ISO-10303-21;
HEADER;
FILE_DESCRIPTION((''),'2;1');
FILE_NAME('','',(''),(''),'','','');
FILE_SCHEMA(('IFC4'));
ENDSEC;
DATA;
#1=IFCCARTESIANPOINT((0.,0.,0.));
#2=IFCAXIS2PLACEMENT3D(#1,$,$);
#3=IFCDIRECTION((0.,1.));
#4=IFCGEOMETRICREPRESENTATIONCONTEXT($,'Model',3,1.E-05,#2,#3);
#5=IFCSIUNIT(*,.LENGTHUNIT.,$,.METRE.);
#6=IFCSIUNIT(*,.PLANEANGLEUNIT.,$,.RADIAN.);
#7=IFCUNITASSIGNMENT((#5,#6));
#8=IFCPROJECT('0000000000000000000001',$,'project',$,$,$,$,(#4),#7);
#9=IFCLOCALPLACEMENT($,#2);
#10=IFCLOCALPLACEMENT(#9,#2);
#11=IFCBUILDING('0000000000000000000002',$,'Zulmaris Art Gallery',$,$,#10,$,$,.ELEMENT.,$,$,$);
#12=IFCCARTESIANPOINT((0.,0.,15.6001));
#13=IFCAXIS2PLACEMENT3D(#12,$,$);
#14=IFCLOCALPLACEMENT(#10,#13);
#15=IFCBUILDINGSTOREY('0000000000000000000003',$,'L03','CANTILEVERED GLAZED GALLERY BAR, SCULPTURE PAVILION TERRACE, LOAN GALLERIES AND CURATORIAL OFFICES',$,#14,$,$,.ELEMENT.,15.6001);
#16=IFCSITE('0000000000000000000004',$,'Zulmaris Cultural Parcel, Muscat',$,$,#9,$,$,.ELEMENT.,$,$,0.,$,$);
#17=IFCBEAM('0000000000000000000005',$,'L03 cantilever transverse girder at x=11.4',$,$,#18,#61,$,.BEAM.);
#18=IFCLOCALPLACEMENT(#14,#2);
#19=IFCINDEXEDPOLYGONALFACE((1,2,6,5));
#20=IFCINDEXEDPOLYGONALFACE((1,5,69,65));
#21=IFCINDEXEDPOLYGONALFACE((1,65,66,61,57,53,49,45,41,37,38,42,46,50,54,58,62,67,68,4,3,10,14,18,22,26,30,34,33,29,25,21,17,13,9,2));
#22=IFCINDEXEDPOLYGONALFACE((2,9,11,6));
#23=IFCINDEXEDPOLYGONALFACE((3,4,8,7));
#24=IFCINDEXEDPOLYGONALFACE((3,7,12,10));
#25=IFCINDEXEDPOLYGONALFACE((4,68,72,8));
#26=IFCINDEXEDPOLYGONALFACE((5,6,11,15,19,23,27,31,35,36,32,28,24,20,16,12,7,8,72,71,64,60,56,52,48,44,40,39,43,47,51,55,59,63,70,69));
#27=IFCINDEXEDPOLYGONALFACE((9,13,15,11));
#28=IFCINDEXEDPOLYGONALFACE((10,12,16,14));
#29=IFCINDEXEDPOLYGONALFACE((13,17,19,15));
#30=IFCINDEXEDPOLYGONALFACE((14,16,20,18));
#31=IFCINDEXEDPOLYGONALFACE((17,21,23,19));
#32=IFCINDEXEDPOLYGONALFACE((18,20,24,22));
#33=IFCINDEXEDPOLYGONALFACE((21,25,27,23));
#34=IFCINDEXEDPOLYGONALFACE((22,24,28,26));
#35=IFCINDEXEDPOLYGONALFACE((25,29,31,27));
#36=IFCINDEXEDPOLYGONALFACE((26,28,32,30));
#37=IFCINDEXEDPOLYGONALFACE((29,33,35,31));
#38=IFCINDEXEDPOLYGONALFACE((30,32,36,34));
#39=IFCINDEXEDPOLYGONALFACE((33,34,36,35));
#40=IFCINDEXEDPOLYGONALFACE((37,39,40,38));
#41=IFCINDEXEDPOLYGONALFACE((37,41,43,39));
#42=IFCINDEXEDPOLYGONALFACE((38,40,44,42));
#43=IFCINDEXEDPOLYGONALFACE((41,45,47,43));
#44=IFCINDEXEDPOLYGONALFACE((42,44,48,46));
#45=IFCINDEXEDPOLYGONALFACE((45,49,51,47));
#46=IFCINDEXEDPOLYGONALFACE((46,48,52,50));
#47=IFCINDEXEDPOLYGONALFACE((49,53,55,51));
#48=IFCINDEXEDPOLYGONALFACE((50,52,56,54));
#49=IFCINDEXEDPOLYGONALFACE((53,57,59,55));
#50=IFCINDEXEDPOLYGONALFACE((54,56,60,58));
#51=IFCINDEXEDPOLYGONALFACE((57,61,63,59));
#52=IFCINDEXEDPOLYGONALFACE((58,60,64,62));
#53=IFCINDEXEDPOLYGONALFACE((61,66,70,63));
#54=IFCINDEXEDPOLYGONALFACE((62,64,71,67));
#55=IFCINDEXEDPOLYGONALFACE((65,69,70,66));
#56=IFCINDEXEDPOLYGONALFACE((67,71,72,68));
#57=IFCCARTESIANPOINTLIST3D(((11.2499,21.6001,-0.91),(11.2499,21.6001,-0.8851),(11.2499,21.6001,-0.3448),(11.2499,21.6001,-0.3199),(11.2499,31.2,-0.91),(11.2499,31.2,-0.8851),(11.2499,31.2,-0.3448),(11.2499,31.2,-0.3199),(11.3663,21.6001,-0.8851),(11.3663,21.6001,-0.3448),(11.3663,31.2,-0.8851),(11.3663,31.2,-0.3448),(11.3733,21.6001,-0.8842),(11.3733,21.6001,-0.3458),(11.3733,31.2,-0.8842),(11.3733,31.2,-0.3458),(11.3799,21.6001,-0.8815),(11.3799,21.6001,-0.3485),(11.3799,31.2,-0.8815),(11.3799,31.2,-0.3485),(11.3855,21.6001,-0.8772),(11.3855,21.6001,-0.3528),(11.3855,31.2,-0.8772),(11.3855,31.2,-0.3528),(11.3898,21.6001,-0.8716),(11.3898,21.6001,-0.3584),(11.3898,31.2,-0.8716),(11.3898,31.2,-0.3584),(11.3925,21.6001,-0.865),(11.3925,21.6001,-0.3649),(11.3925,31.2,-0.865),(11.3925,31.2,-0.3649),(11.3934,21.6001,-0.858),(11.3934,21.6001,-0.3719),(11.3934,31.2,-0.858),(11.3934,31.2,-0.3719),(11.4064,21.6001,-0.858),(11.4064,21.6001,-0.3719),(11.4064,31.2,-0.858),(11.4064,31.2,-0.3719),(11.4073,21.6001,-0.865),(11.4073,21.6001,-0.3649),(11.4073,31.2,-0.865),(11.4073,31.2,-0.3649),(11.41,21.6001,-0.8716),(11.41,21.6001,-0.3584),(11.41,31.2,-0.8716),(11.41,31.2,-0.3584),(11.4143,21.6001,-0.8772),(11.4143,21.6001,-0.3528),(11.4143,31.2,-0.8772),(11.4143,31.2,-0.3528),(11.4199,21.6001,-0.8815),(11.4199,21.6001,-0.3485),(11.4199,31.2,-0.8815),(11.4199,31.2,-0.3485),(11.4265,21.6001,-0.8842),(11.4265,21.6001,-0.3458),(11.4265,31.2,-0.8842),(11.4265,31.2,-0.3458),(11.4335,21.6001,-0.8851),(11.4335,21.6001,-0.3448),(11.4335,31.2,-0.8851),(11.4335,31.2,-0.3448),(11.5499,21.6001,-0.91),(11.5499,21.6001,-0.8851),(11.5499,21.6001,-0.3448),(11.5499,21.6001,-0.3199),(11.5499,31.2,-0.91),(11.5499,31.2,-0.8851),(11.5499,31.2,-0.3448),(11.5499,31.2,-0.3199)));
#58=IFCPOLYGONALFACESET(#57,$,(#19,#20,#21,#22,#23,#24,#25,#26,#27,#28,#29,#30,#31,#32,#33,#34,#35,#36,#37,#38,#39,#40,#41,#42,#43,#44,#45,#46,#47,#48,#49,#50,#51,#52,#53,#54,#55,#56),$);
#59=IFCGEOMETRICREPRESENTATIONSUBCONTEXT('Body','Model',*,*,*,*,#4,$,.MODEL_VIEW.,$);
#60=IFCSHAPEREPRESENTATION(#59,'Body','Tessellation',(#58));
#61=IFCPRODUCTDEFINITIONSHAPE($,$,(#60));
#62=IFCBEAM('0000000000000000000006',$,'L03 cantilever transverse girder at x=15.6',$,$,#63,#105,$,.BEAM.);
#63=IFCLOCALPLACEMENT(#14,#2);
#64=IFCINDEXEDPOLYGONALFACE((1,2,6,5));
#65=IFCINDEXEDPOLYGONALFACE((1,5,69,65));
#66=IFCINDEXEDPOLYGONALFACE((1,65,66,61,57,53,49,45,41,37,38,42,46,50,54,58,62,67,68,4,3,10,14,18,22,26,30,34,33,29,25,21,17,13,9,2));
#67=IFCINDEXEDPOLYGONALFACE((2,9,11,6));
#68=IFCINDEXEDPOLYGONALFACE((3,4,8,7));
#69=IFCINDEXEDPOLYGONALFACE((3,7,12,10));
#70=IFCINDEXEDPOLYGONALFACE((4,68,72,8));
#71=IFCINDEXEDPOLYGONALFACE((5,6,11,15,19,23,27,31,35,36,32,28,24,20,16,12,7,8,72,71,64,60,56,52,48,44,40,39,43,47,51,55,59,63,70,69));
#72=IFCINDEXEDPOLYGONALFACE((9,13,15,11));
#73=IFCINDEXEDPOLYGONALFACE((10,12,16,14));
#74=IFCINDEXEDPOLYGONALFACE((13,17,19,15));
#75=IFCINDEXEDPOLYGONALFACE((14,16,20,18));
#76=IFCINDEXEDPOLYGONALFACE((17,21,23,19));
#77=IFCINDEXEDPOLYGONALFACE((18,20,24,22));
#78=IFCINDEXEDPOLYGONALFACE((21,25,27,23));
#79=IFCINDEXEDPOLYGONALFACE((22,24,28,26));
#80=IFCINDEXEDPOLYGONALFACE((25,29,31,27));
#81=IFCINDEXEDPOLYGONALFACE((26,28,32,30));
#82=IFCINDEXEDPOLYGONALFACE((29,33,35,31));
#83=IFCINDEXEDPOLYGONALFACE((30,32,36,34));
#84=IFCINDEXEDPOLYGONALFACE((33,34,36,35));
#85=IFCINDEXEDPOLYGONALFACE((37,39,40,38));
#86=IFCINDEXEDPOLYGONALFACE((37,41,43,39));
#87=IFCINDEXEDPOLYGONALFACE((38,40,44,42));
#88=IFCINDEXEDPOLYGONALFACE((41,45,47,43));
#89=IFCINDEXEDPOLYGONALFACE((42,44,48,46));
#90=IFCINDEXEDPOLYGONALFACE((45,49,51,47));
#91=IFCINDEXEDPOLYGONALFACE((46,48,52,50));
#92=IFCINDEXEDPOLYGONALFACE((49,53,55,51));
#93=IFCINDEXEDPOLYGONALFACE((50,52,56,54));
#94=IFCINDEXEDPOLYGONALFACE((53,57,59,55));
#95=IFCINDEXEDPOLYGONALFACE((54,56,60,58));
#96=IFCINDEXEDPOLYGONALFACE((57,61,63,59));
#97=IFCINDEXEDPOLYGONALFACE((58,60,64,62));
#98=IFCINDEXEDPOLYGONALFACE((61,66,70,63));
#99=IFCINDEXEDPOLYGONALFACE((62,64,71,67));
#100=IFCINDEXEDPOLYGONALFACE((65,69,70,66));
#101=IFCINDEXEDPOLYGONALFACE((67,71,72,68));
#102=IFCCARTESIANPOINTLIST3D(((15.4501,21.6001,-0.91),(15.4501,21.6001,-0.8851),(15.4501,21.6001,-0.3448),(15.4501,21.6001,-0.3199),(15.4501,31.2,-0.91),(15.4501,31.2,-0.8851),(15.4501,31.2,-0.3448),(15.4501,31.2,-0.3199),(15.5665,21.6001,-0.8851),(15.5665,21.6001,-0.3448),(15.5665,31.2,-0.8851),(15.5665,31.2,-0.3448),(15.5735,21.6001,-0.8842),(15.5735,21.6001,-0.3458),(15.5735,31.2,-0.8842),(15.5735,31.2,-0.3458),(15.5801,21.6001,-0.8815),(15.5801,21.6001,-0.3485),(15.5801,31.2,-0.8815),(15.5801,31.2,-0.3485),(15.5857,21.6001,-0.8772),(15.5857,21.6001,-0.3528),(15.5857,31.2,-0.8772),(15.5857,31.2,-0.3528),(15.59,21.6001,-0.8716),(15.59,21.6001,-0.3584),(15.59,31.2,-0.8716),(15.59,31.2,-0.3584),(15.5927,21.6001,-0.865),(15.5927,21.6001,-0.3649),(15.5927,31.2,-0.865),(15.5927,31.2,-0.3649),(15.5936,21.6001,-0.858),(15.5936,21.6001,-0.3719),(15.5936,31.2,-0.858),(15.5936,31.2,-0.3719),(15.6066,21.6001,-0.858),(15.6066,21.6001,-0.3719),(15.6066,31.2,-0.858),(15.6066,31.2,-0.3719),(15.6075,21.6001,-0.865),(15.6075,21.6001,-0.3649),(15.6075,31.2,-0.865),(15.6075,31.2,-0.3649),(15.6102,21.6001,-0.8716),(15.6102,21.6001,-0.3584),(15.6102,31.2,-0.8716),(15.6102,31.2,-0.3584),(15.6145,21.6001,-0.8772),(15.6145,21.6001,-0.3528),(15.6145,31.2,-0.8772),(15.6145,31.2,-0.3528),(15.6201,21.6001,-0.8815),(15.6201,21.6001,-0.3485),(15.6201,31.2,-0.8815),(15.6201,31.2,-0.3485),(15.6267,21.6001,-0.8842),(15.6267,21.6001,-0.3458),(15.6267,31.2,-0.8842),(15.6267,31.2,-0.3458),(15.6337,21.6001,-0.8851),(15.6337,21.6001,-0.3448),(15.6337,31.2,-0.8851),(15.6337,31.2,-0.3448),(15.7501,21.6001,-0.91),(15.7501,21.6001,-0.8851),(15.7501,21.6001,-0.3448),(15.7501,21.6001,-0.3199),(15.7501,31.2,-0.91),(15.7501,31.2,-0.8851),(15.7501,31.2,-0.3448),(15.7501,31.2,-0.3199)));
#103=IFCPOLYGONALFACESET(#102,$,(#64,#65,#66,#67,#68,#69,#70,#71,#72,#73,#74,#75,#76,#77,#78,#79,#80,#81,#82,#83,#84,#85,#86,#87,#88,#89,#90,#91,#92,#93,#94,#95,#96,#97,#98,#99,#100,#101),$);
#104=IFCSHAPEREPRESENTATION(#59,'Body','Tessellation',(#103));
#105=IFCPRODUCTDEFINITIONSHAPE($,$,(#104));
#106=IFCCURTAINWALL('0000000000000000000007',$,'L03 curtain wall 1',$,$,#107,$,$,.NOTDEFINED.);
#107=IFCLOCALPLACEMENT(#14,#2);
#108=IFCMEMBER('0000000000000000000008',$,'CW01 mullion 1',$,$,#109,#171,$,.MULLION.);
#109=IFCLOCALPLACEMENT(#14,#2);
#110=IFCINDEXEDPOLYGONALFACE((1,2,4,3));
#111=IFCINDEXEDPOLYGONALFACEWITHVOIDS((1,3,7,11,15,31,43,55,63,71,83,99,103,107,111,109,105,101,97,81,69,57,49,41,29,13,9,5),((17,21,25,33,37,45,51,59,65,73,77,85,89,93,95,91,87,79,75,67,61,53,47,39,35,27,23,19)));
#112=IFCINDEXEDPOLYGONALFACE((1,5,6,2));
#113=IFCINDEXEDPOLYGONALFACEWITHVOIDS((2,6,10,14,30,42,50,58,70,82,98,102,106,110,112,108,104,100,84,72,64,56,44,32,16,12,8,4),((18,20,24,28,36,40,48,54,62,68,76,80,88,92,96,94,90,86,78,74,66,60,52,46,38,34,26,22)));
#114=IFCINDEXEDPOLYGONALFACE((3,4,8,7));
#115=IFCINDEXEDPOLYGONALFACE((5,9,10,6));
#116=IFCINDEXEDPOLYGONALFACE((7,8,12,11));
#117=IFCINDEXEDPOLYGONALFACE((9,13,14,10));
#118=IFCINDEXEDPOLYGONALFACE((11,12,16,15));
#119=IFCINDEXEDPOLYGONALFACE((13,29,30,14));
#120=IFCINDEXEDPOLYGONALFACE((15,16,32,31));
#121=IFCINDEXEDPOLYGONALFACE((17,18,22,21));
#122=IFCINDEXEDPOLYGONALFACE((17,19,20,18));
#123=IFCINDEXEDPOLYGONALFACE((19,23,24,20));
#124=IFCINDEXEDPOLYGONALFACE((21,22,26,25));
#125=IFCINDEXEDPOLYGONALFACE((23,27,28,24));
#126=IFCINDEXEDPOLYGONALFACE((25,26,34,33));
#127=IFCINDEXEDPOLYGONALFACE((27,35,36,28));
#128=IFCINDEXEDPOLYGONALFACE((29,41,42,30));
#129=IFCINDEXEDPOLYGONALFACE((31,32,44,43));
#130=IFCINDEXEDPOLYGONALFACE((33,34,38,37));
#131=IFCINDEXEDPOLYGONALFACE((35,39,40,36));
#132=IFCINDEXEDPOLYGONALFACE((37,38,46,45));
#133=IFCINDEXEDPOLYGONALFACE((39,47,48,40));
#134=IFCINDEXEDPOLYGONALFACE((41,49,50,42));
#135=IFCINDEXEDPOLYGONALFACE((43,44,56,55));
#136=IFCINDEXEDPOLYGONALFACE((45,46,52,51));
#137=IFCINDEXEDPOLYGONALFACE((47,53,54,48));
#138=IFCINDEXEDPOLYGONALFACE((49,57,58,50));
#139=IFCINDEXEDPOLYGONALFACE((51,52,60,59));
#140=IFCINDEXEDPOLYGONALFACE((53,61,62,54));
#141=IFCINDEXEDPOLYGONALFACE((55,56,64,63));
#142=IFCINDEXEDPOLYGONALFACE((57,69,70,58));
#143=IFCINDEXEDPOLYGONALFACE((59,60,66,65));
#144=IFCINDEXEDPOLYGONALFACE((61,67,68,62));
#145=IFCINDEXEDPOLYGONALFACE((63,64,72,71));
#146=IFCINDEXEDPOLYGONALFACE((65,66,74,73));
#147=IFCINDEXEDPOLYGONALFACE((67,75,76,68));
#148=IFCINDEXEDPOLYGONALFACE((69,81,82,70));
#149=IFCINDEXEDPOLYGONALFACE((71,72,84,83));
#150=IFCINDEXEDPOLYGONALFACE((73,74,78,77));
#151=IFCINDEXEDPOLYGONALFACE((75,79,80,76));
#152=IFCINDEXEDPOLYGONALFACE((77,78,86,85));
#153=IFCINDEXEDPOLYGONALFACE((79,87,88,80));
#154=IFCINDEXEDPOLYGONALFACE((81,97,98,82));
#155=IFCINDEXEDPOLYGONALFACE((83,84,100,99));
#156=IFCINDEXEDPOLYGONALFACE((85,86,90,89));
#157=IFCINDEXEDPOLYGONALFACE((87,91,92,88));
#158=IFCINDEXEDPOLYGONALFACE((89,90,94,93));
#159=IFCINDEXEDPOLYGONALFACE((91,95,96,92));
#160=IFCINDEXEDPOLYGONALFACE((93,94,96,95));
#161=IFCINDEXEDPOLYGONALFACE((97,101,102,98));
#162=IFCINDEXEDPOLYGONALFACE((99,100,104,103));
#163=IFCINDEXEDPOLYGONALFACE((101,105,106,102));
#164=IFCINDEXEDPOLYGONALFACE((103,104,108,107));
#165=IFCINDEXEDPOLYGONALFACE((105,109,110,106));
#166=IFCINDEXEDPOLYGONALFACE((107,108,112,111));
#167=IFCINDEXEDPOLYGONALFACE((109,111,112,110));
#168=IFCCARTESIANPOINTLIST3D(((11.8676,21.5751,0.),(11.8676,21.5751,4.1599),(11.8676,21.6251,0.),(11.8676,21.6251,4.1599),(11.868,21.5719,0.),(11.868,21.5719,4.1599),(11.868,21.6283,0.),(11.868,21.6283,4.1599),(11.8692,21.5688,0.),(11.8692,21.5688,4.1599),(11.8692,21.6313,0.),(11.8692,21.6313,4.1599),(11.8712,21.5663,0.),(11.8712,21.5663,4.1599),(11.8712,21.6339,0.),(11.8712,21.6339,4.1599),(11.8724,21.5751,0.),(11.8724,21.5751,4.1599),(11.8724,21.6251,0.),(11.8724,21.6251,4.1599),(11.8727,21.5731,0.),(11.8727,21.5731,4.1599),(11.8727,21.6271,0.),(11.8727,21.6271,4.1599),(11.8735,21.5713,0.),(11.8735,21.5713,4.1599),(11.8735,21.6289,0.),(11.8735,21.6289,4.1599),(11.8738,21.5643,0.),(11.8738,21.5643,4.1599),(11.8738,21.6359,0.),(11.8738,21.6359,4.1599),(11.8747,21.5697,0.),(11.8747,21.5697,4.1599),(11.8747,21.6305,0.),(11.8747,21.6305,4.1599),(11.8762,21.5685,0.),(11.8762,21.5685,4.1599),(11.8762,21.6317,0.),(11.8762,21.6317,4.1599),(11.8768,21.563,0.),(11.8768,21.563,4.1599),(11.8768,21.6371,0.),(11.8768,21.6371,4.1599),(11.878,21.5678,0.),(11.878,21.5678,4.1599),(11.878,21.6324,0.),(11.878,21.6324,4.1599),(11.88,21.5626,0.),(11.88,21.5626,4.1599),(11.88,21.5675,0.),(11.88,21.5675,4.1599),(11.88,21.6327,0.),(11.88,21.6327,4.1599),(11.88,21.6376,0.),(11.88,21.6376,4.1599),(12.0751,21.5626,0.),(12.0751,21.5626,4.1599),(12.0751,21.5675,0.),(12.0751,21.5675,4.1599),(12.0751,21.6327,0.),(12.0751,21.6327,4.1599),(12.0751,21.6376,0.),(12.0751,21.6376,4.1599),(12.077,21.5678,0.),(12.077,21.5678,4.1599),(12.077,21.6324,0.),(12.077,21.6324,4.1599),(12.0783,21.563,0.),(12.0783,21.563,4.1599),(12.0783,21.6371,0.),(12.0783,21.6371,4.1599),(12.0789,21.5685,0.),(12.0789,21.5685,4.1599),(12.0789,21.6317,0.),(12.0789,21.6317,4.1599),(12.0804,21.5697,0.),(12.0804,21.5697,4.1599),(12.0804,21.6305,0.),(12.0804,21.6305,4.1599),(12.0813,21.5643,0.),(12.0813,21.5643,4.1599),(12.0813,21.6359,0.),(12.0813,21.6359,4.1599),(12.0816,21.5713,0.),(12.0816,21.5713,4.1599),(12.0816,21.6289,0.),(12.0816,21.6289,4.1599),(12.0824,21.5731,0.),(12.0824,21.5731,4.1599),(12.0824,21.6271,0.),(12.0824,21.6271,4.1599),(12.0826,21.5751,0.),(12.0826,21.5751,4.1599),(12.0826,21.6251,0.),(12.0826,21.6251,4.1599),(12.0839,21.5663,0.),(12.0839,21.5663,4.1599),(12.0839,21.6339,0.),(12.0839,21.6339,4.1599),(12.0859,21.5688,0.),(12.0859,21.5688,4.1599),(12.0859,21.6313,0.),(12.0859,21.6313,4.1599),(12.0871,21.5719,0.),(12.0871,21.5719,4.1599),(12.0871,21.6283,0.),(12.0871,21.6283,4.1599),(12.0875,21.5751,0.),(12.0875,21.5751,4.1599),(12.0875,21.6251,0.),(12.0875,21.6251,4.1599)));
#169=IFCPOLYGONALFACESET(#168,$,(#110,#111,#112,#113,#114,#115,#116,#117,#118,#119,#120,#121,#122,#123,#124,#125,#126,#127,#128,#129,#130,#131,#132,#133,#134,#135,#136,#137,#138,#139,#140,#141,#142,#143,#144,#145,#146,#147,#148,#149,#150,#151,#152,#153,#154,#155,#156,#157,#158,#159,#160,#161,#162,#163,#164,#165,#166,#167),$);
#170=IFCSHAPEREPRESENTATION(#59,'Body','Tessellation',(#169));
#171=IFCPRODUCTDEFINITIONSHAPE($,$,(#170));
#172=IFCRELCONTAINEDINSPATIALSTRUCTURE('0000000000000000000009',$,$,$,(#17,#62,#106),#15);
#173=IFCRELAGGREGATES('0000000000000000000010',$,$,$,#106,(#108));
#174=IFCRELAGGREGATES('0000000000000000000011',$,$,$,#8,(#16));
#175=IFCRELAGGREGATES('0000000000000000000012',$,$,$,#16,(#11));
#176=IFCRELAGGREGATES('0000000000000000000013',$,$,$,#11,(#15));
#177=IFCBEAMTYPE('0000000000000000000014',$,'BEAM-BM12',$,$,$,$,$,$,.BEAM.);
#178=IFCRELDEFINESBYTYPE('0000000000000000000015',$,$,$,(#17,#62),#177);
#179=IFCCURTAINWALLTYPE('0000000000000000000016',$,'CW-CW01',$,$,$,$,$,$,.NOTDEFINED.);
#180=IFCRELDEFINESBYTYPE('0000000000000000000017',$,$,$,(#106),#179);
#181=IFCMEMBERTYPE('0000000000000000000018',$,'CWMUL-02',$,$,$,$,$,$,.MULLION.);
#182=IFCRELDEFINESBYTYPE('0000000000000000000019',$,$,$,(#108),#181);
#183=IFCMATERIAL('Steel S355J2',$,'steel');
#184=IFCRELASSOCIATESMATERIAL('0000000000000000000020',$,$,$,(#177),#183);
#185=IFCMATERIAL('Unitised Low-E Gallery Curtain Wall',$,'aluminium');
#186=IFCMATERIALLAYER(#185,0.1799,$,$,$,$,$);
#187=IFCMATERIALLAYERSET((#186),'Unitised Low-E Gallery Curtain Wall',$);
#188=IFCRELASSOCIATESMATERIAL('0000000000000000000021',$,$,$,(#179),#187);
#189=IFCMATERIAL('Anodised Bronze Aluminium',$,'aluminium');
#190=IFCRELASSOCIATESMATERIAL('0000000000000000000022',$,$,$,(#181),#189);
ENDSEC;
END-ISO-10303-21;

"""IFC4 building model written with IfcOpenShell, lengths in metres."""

from ifc_helpers import new_model, si_unit, direction, frame, origin, origin_2d, place, context, subcontext, project, spatial, hollow_rectangle, i_section, extrude, material, layer, layer_set, material_profile, profile_set, type_object, element, aggregate, save


model = new_model("IFC4")

# Units and contexts
model_context = context("Model", 3, precision=1e-05, world=origin(), true_north=direction((0.0, 1.0)))
body_context = subcontext(model_context, "Body", "Model", "MODEL_VIEW")
ifc_project = project(units=[si_unit("LENGTHUNIT", "METRE"), si_unit("PLANEANGLEUNIT", "RADIAN")], contexts=[model_context])

# Site, building, storey
site_placement = place(None, origin())
site = spatial("IfcSite", under=ifc_project, at=site_placement, Name="Zulmaris Cultural Parcel, Muscat", CompositionType="ELEMENT", RefElevation=0.0)
building_placement = place(site_placement, origin())
building = spatial("IfcBuilding", under=site, at=building_placement, Name="Zulmaris Art Gallery", CompositionType="ELEMENT")
storey_placement = place(building_placement, frame((0.0, 0.0, 15.6001)))
storey = spatial("IfcBuildingStorey", under=building, at=storey_placement, Name="L03", Description="CANTILEVERED GLAZED GALLERY BAR, SCULPTURE PAVILION TERRACE, LOAN GALLERIES AND CURATORIAL OFFICES", CompositionType="ELEMENT", Elevation=15.6001)

# Beams
ifc_material_1 = material(Name="Steel S355J2", Category="steel")
ifc_material_profile_1 = material_profile(ifc_material_1, i_section(OverallWidth=0.3, OverallDepth=0.5901, WebThickness=0.0129, FlangeThickness=0.0249, FilletRadius=0.0271, at=origin_2d()), Name="HEA 600")
ifc_profile_set_1 = profile_set([ifc_material_profile_1], Name="Steel S355J2")
beam_type = type_object("IfcBeamType", Name="BEAM-BM12", PredefinedType="BEAM", material=ifc_profile_set_1)
for number, where, z_axis, x_axis, name in (
    (1, (11.3999, 21.6001, -0.615), (0.0, 1.0, 0.0), (-1.0, 0.0, 0.0), "L03 cantilever transverse girder at x=11.4"),
    (2, (15.6001, 21.6001, -0.615), (0.0, 1.0, 0.0), (-1.0, 0.0, 0.0), "L03 cantilever transverse girder at x=15.6"),
):
    element("IfcBeam", number, at=place(storey_placement, frame(where, z_axis=z_axis, x_axis=x_axis)), inside=storey, type_object=beam_type, Name=name, PredefinedType="BEAM", context=body_context, shape_type="SweptSolid", body=[
        extrude(i_section(OverallWidth=0.3, OverallDepth=0.5901, WebThickness=0.0129, FlangeThickness=0.0249, FilletRadius=0.0271, at=origin_2d()), origin(), (0.0, 0.0, 1.0), 9.5999),
    ])

# Curtain wall, member
ifc_material_2 = material(Name="Unitised Low-E Gallery Curtain Wall", Category="aluminium")
ifc_layer_1 = layer(ifc_material_2, 0.1799)
ifc_layer_set_1 = layer_set([ifc_layer_1], Name="Unitised Low-E Gallery Curtain Wall")
curtain_wall_type = type_object("IfcCurtainWallType", Name="CW-CW01", PredefinedType="NOTDEFINED", material=ifc_layer_set_1)
curtain_wall_1_placement = place(storey_placement, origin())
curtain_wall_1 = element("IfcCurtainWall", 3, at=curtain_wall_1_placement, inside=storey, type_object=curtain_wall_type, Name="L03 curtain wall 1", PredefinedType="NOTDEFINED")
ifc_material_3 = material(Name="Anodised Bronze Aluminium", Category="aluminium")
ifc_material_profile_2 = material_profile(ifc_material_3, hollow_rectangle(XDim=0.075, YDim=0.22, WallThickness=0.0049, InnerFilletRadius=0.0076, OuterFilletRadius=0.0125, at=origin_2d()), Name="ALU 75x220x5")
ifc_profile_set_2 = profile_set([ifc_material_profile_2], Name="Anodised Bronze Aluminium")
member_type_1 = type_object("IfcMemberType", Name="CWMUL-02", PredefinedType="MULLION", material=ifc_profile_set_2)
member_1_placement = place(storey_placement, frame((11.9775, 21.6001, 0.0), z_axis=(0.0, 0.0, 1.0), x_axis=(0.0, 1.0, 0.0)))
member_1 = element("IfcMember", 4, at=member_1_placement, type_object=member_type_1, Name="CW01 mullion 1", PredefinedType="MULLION", context=body_context, shape_type="SweptSolid", body=[
    extrude(hollow_rectangle(XDim=0.075, YDim=0.22, WallThickness=0.0049, InnerFilletRadius=0.0076, OuterFilletRadius=0.0125, at=origin_2d()), origin(), (0.0, 0.0, 1.0), 4.1599),
])

aggregate(curtain_wall_1, [member_1])

save(model, "model.ifc")
